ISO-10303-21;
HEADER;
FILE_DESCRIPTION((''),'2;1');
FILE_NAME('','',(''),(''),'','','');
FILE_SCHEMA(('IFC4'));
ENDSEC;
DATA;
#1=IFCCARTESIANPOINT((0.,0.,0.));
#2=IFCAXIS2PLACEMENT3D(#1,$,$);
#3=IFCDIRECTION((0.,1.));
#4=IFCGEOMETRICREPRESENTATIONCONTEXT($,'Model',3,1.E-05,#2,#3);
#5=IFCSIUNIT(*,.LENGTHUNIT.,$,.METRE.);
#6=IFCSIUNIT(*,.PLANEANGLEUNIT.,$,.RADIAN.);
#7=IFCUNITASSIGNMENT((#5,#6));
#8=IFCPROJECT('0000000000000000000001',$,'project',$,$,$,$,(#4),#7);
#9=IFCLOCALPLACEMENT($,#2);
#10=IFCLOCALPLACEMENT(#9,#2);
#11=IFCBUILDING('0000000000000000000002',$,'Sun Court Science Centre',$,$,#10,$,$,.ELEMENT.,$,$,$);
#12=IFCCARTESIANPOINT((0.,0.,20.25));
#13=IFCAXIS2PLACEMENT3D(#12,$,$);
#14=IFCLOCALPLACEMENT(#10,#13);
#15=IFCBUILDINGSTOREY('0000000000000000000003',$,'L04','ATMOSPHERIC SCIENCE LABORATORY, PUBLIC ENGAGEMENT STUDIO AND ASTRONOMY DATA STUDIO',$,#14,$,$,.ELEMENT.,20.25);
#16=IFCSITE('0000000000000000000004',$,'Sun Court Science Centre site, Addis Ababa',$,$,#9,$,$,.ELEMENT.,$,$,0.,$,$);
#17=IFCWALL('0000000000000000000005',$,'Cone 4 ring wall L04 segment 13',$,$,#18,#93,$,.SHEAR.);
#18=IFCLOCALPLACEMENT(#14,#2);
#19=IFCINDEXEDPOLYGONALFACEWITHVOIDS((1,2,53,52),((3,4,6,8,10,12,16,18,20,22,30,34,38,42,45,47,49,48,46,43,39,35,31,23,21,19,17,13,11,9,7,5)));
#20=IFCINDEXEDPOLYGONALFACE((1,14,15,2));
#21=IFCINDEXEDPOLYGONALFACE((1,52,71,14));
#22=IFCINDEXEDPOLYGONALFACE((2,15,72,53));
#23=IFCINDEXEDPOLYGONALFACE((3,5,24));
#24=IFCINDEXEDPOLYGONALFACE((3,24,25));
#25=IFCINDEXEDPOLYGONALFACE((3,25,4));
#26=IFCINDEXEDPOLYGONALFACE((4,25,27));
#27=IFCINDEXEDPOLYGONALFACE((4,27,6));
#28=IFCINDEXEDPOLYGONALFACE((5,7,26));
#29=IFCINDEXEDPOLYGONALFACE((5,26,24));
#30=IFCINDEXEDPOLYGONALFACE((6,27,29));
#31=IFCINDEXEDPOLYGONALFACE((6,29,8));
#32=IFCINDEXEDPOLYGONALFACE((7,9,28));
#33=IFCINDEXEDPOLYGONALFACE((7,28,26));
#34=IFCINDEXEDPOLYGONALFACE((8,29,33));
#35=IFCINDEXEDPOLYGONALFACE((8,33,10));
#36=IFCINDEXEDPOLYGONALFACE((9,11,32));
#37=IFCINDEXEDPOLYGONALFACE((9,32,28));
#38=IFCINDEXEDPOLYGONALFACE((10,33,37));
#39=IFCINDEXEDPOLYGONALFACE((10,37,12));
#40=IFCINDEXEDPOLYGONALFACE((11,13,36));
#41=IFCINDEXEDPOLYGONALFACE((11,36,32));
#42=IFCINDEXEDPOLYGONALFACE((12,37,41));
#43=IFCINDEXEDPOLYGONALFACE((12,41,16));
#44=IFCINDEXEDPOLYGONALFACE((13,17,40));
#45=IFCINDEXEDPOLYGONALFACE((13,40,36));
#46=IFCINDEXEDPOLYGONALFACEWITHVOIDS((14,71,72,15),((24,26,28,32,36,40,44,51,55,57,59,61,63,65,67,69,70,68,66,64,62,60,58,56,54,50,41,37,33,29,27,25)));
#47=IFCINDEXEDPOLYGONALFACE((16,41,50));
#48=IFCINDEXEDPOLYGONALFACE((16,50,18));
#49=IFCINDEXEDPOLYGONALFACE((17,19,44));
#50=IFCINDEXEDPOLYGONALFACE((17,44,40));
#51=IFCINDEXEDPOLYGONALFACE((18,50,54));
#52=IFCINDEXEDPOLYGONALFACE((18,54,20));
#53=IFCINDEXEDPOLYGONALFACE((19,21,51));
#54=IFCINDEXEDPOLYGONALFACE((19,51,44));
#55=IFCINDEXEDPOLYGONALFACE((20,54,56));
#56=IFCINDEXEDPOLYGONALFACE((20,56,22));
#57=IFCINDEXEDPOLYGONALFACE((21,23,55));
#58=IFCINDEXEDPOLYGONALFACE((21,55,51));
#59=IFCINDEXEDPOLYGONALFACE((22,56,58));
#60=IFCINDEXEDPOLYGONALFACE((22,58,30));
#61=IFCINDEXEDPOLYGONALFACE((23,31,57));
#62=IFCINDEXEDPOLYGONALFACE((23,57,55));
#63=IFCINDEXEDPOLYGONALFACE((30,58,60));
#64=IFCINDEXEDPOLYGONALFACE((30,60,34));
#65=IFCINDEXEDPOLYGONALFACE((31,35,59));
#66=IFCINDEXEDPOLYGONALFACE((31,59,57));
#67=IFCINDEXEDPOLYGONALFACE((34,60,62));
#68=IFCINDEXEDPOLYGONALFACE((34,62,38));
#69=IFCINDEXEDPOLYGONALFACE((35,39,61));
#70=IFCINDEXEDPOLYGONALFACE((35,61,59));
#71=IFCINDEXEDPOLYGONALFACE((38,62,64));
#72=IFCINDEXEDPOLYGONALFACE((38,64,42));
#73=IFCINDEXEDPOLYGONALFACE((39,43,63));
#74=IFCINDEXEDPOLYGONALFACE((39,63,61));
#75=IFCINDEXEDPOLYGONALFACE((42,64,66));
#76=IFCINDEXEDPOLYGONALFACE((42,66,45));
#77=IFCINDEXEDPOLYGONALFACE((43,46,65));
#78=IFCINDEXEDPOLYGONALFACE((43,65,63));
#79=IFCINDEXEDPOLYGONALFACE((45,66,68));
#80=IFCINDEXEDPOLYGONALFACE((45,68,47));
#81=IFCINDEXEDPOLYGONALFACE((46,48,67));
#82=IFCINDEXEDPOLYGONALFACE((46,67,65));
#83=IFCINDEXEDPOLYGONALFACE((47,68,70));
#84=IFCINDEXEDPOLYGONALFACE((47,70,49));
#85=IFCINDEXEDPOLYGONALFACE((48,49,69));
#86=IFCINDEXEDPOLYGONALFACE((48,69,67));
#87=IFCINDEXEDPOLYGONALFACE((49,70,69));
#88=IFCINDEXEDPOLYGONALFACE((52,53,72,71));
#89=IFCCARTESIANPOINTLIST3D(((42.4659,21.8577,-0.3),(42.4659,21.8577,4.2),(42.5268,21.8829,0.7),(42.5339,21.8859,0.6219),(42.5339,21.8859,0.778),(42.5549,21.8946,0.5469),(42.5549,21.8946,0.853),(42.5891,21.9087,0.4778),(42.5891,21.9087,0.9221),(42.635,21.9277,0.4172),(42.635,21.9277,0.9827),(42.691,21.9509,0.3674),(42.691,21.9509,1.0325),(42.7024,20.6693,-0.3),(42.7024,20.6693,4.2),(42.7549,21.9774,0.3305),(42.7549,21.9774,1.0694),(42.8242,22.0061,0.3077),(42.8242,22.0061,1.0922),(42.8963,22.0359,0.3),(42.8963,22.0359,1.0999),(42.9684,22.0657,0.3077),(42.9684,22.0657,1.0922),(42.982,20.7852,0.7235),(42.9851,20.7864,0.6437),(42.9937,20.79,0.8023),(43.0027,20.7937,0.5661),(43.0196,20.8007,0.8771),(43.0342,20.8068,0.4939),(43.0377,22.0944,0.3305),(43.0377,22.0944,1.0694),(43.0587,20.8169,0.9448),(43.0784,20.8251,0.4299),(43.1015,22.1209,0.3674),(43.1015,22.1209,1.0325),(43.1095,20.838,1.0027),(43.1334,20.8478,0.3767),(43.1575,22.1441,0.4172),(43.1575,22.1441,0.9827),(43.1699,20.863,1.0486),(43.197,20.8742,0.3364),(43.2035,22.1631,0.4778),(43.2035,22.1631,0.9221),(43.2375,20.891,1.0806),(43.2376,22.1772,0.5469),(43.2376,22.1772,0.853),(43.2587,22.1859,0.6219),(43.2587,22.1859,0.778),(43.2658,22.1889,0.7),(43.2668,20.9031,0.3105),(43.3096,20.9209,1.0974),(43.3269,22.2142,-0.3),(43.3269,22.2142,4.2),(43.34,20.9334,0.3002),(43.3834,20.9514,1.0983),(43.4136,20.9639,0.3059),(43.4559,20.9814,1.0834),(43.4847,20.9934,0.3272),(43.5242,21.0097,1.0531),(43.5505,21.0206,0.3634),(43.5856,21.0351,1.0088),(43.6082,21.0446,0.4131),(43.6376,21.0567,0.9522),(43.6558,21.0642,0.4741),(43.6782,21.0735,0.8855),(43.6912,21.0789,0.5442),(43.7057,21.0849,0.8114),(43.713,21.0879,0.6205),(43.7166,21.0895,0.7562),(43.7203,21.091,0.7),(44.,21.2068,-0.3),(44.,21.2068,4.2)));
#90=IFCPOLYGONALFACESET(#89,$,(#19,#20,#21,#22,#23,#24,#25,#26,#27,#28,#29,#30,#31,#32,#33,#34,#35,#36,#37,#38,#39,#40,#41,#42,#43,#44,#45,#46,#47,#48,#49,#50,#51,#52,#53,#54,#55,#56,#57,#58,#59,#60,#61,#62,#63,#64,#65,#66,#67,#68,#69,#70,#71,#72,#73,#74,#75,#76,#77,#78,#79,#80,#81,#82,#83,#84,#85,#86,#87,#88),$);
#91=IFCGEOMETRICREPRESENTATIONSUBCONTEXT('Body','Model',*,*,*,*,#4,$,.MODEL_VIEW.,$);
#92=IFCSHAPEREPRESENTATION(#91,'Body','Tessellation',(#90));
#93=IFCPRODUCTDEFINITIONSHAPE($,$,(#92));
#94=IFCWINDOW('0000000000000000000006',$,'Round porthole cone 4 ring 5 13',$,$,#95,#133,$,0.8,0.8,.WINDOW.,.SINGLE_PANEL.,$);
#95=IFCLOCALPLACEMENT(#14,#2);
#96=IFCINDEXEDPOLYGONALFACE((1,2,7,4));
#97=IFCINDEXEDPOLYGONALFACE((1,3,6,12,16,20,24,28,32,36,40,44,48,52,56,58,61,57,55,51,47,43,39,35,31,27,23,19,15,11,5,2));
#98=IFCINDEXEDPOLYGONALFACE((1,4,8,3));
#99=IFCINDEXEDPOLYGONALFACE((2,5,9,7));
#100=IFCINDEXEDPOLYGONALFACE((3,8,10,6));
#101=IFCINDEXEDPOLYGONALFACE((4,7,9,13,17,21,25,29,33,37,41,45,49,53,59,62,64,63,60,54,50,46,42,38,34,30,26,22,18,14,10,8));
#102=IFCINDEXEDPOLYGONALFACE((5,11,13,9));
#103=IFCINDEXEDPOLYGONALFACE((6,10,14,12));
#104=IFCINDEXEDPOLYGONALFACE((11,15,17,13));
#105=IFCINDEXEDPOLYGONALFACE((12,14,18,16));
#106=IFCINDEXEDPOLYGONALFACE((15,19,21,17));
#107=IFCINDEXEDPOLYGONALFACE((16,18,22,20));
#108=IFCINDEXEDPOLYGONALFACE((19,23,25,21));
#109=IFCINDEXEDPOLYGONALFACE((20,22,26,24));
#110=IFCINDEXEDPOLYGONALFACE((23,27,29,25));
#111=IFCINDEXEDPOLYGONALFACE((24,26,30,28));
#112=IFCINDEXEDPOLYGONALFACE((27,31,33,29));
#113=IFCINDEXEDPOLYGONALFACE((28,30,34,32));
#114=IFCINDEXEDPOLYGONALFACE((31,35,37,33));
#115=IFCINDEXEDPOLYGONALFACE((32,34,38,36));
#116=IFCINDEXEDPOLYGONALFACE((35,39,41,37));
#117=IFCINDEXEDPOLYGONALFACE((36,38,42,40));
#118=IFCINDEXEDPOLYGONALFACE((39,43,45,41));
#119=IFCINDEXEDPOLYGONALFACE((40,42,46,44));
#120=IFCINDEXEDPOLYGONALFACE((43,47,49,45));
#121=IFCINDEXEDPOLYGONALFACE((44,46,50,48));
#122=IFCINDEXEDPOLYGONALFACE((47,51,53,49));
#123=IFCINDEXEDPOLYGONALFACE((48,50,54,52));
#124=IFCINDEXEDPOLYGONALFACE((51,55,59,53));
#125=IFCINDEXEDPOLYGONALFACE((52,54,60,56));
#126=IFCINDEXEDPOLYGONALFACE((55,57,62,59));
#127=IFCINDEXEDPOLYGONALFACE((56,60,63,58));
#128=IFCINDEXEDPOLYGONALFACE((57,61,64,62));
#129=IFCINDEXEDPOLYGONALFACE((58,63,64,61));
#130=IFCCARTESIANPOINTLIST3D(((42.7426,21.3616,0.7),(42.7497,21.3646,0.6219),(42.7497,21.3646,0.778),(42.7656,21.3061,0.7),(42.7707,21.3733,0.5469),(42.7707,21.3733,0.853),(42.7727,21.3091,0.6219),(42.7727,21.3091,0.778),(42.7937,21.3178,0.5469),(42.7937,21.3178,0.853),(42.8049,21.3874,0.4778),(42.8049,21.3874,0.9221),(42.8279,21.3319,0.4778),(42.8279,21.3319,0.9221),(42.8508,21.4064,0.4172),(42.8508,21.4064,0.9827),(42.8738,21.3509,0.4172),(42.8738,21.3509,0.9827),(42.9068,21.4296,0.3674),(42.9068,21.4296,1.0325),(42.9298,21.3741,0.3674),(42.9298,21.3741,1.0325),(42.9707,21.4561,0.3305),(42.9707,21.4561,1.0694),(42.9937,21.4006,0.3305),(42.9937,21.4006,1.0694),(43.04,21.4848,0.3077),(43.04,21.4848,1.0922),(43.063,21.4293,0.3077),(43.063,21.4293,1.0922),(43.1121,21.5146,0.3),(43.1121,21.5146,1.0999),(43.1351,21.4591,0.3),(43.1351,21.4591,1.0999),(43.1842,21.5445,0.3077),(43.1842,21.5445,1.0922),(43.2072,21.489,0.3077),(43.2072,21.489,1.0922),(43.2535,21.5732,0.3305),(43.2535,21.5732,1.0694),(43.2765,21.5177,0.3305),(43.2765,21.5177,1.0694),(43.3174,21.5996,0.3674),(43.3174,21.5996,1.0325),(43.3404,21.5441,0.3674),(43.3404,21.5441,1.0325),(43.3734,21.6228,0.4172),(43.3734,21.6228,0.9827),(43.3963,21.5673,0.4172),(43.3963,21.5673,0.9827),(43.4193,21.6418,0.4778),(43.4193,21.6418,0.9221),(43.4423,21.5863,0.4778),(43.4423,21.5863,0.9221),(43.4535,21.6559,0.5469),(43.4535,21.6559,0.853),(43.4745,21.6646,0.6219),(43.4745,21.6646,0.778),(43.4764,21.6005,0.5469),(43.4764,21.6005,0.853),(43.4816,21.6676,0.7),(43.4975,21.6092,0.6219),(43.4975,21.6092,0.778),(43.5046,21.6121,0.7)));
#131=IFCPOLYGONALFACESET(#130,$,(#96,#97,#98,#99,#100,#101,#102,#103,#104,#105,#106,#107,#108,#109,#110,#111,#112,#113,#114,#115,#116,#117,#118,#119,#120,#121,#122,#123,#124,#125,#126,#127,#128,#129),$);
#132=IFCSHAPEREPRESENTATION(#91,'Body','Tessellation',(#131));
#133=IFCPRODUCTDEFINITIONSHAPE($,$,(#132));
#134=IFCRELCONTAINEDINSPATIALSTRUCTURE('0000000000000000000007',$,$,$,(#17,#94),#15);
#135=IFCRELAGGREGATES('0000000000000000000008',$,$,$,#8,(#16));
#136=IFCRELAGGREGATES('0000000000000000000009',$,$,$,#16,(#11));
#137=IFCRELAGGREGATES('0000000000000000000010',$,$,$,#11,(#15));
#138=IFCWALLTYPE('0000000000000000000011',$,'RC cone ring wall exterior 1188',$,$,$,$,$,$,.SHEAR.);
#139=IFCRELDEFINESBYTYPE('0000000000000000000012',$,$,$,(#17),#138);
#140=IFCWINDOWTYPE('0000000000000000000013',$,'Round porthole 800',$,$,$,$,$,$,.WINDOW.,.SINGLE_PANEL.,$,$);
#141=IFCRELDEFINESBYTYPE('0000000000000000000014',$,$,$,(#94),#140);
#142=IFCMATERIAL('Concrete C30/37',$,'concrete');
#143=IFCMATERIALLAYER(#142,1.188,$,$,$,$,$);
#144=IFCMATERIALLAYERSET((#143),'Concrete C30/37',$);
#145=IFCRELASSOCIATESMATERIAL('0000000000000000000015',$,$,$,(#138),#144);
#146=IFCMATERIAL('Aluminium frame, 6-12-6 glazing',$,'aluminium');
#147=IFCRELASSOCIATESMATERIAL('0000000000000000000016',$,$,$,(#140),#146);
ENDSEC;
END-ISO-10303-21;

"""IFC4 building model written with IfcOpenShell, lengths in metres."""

from ifc_helpers import new_model, si_unit, direction, frame, frame_2d, origin, place, context, subcontext, project, spatial, polyline, circle, outline, extrude, material, layer, layer_set, type_object, element, fill, save


model = new_model("IFC4")

# Units and contexts
model_context = context("Model", 3, precision=1e-05, world=origin(), true_north=direction((0.0, 1.0)))
body_context = subcontext(model_context, "Body", "Model", "MODEL_VIEW")
ifc_project = project(units=[si_unit("LENGTHUNIT", "METRE"), si_unit("PLANEANGLEUNIT", "RADIAN")], contexts=[model_context])

# Site, building, storey
site_placement = place(None, origin())
site = spatial("IfcSite", under=ifc_project, at=site_placement, Name="Sun Court Science Centre site, Addis Ababa", CompositionType="ELEMENT", RefElevation=0.0)
building_placement = place(site_placement, origin())
building = spatial("IfcBuilding", under=site, at=building_placement, Name="Sun Court Science Centre", CompositionType="ELEMENT")
storey_placement = place(building_placement, frame((0.0, 0.0, 20.25)))
storey = spatial("IfcBuildingStorey", under=building, at=storey_placement, Name="L04", Description="ATMOSPHERIC SCIENCE LABORATORY, PUBLIC ENGAGEMENT STUDIO AND ASTRONOMY DATA STUDIO", CompositionType="ELEMENT", Elevation=20.25)

# Wall, opening, window
ifc_material_1 = material(Name="Concrete C30/37", Category="concrete")
ifc_layer_1 = layer(ifc_material_1, 1.188)
ifc_layer_set_1 = layer_set([ifc_layer_1], Name="Concrete C30/37")
wall_type_1 = type_object("IfcWallType", Name="RC cone ring wall exterior 1188", PredefinedType="SHEAR", material=ifc_layer_set_1)
ifc_material_2 = material(Name="Aluminium frame, 6-12-6 glazing", Category="aluminium")
window_type = type_object("IfcWindowType", Name="Round porthole 800", PartitioningType="SINGLE_PANEL", PredefinedType="WINDOW", material=ifc_material_2)
wall_1_placement = place(storey_placement, frame((42.4749, 21.2183, -0.3), z_axis=(0.0, 0.0, 1.0), x_axis=(0.923938, 0.382541, 0.0)))
wall_1 = element("IfcWall", 1, at=wall_1_placement, inside=storey, type_object=wall_type_1, Name="Cone 4 ring wall L04 segment 13", PredefinedType="SHEAR", context=body_context, shape_type="SweptSolid", body=[
    extrude(outline(polyline([(0.0002, -0.5942), (1.4048, -0.594), (1.1682, 0.5942), (0.2363, 0.5942), (0.0002, -0.5942)])), origin(), (0.0, 0.0, 1.0), 4.5),
])
opening_1_placement = place(wall_1_placement, frame((0.3022, 0.0, 0.6001)))
opening_1 = element("IfcOpeningElement", 2, at=opening_1_placement, cuts=wall_1, PredefinedType="OPENING", context=body_context, shape_type="SweptSolid", body=[
    extrude(circle(Radius=0.3999, at=frame_2d((0.3999, 0.3999))), frame((0.0, 0.6042, 0.0), z_axis=(0.0, -1.0, 0.0), x_axis=(1.0, 0.0, 0.0)), (0.0, 0.0, 1.0), 1.2085),
])
window_1_placement = place(opening_1_placement, origin())
window_1 = element("IfcWindow", 3, at=window_1_placement, inside=storey, type_object=window_type, Name="Round porthole cone 4 ring 5 13", OverallHeight=0.8, OverallWidth=0.8, PartitioningType="SINGLE_PANEL", PredefinedType="WINDOW", context=body_context, shape_type="SweptSolid", body=[
    extrude(circle(Radius=0.3999, at=frame_2d((0.3999, 0.3999))), frame((0.0, 0.03, 0.0), z_axis=(0.0, -1.0, 0.0), x_axis=(1.0, 0.0, 0.0)), (0.0, 0.0, 1.0), 0.0601),
])
fill(opening_1, window_1)

save(model, "model.ifc")
